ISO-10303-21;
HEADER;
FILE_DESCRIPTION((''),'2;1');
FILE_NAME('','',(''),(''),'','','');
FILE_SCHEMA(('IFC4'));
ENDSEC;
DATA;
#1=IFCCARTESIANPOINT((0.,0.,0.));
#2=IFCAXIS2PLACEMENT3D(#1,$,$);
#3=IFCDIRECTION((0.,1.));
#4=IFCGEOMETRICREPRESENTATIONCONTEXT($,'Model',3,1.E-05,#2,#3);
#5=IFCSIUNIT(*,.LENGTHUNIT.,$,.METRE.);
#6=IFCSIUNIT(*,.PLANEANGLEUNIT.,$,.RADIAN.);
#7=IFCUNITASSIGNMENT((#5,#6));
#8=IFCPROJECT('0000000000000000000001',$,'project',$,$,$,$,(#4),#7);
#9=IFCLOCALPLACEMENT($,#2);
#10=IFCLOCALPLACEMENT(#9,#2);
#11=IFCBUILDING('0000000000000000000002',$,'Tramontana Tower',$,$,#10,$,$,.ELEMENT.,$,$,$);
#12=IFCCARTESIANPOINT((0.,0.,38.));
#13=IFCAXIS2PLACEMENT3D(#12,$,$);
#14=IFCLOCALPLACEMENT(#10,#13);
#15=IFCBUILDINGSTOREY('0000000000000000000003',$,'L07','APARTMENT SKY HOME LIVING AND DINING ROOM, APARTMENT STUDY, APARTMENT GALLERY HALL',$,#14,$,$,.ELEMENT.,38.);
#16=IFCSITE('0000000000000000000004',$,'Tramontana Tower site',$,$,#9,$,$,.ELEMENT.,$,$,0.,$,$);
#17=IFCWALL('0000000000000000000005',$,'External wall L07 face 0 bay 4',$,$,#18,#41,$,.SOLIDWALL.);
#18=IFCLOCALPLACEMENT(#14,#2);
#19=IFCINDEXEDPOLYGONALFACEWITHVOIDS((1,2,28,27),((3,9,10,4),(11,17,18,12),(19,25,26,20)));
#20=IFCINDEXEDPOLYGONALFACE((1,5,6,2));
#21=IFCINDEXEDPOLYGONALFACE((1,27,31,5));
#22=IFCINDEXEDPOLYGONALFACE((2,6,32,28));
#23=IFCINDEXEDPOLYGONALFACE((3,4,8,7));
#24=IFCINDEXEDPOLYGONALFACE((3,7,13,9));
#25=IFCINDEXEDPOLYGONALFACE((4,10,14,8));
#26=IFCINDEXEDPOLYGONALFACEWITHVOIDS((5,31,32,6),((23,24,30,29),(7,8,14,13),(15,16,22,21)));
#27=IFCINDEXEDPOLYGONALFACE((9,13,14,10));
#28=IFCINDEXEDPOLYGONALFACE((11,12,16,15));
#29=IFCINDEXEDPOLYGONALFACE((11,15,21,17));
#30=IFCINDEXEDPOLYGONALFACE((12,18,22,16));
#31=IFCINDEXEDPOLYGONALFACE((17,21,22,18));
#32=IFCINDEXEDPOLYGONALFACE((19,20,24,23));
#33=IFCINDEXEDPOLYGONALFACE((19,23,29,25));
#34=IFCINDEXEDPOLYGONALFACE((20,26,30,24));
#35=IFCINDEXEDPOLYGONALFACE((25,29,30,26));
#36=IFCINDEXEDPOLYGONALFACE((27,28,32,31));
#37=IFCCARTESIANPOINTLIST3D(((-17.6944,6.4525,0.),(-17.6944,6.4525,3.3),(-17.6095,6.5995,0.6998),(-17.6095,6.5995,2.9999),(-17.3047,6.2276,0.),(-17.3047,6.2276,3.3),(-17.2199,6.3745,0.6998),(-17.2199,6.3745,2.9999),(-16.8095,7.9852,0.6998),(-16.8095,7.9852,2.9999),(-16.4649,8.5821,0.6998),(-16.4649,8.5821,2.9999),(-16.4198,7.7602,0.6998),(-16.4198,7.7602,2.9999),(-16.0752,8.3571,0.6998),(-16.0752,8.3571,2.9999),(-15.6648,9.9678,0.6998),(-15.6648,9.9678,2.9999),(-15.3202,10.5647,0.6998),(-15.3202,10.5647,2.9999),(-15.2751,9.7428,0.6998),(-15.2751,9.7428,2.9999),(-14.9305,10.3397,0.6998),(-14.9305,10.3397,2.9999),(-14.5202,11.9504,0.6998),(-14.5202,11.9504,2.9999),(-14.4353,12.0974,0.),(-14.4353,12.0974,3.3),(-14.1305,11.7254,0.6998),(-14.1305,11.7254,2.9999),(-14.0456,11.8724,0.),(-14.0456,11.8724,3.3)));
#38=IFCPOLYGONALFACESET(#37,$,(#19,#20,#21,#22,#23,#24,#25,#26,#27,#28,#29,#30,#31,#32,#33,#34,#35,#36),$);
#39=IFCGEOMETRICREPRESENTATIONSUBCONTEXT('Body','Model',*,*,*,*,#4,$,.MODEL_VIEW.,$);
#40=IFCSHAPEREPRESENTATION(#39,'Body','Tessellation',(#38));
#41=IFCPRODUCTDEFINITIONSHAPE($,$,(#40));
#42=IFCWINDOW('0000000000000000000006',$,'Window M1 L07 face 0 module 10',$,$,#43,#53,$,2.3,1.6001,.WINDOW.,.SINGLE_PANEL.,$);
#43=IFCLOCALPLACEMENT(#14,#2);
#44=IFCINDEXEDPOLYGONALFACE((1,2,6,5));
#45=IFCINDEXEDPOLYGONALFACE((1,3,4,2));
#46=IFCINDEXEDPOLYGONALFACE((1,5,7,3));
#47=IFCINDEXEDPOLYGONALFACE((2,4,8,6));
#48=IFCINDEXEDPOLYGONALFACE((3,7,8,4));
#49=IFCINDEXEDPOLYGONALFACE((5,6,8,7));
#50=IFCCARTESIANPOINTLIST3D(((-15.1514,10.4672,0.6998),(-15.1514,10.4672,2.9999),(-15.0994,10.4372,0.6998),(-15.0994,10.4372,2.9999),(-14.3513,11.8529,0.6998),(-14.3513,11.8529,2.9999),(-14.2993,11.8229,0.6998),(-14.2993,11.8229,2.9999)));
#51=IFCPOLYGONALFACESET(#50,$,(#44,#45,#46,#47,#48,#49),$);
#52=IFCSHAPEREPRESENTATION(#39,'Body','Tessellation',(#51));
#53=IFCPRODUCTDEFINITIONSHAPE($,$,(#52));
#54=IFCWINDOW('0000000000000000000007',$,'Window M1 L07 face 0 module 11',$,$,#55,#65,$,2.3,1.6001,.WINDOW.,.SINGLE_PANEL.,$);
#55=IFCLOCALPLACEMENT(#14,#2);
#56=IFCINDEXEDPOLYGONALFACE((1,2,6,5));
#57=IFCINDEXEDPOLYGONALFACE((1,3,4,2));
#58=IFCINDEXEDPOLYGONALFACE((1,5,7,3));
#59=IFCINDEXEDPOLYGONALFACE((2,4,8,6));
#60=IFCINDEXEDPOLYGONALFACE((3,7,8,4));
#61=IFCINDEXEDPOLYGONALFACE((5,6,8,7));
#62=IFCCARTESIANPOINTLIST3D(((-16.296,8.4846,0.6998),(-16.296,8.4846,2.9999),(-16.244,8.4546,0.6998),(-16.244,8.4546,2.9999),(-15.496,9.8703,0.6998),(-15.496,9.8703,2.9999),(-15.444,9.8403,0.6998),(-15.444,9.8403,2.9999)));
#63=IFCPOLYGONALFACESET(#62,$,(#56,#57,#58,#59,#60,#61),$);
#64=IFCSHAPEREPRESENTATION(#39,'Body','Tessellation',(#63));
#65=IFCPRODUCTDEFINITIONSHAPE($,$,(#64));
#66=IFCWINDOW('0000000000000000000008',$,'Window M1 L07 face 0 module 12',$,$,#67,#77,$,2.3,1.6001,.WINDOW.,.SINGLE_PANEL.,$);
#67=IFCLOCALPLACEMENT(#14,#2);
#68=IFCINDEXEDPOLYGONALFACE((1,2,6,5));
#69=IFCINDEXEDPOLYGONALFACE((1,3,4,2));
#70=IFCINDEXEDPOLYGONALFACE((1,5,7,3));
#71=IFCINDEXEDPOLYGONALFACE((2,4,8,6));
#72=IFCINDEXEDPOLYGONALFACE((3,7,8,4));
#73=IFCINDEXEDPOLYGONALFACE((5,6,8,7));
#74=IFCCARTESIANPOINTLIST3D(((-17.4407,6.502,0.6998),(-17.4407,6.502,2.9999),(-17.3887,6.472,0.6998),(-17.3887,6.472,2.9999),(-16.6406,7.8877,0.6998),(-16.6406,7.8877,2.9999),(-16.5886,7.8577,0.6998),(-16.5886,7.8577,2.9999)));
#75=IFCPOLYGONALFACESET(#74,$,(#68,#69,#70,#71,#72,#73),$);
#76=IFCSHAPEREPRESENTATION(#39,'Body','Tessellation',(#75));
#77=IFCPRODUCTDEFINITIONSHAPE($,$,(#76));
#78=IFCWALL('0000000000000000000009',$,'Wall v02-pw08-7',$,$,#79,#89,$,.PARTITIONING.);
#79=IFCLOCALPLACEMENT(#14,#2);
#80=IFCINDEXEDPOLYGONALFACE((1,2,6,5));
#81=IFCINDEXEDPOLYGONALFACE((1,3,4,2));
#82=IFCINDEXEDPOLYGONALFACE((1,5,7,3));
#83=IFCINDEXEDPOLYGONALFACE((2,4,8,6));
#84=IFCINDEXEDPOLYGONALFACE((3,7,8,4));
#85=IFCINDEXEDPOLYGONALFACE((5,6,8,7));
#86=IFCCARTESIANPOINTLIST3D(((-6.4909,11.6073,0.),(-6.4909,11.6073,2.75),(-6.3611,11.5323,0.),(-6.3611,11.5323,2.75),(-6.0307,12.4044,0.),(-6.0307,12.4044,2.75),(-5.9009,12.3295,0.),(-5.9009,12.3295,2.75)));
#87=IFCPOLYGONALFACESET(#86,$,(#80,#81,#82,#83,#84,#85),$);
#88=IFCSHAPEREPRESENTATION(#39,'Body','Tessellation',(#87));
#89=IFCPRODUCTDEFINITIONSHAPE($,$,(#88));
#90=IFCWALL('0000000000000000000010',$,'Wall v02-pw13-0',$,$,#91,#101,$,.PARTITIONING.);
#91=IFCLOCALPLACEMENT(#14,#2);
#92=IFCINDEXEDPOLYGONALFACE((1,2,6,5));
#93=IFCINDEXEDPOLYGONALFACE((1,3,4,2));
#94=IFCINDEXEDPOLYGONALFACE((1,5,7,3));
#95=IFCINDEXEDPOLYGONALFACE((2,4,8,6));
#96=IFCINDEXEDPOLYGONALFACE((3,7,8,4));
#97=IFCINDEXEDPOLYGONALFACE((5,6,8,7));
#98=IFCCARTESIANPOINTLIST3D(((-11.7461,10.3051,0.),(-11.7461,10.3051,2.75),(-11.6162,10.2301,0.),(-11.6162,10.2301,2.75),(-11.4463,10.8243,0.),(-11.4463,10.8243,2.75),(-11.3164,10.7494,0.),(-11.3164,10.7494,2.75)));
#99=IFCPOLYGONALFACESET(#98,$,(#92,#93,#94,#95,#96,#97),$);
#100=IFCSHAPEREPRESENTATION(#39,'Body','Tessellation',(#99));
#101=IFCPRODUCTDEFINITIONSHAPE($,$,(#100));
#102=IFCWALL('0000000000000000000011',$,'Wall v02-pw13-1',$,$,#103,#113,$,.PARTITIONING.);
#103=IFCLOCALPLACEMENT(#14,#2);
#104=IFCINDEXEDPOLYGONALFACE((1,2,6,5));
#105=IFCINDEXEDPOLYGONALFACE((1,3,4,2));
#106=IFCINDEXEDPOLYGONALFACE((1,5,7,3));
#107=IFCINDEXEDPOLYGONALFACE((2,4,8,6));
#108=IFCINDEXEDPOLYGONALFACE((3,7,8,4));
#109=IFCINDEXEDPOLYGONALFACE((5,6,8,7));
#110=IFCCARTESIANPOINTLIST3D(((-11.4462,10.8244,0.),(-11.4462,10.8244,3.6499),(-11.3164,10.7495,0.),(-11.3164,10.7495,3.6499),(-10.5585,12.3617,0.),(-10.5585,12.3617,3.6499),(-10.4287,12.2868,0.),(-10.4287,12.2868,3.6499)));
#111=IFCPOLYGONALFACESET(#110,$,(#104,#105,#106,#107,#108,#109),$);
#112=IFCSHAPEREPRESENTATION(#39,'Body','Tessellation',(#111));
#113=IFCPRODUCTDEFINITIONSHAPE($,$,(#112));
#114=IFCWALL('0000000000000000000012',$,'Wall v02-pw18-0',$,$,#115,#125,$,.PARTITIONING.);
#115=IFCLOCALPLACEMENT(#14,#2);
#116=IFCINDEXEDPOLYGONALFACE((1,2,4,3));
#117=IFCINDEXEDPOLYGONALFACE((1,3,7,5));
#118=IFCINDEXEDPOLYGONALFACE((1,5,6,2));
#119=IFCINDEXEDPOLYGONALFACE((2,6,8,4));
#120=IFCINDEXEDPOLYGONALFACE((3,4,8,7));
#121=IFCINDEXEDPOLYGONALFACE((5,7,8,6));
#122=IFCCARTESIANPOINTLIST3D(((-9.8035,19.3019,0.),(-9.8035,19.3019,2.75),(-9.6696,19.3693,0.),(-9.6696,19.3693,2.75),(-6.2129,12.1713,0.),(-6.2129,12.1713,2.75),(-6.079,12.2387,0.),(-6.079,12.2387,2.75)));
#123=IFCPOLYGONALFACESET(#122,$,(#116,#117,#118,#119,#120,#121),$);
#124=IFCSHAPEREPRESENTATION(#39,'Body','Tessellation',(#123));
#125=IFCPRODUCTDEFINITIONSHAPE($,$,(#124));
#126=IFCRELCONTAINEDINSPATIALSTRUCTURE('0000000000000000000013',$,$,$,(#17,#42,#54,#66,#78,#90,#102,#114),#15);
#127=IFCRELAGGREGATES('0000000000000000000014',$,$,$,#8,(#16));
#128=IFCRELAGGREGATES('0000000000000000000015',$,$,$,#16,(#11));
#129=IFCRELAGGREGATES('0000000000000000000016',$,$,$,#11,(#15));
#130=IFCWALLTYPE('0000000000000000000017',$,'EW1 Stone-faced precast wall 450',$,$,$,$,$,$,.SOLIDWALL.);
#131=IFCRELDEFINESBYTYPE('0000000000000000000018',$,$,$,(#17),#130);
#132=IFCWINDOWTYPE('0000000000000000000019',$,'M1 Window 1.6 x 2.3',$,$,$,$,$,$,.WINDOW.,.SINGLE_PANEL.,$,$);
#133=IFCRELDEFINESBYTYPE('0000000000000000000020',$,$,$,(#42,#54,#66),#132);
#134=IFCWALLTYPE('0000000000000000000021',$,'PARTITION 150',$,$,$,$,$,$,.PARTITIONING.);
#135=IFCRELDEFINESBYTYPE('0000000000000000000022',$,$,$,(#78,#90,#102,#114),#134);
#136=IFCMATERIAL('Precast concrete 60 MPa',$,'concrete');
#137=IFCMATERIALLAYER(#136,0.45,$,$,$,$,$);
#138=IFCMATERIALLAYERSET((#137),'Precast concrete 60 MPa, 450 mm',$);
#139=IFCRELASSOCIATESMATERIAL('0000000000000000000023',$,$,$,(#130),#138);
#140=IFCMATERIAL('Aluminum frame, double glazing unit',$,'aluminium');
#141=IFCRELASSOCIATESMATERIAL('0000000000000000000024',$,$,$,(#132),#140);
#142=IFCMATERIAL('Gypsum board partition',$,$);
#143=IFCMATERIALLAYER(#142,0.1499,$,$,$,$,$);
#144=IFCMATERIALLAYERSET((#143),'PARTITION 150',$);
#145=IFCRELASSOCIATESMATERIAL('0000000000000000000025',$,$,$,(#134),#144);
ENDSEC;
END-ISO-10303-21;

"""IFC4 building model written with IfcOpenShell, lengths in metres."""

from ifc_helpers import new_model, si_unit, direction, frame, frame_2d, origin, place, context, subcontext, project, spatial, rectangle, extrude, material, layer, layer_set, type_object, element, fill, save


model = new_model("IFC4")

# Units and contexts
model_context = context("Model", 3, precision=1e-05, world=origin(), true_north=direction((0.0, 1.0)))
body_context = subcontext(model_context, "Body", "Model", "MODEL_VIEW")
ifc_project = project(units=[si_unit("LENGTHUNIT", "METRE"), si_unit("PLANEANGLEUNIT", "RADIAN")], contexts=[model_context])

# Site, building, storey
site_placement = place(None, origin())
site = spatial("IfcSite", under=ifc_project, at=site_placement, Name="Tramontana Tower site", CompositionType="ELEMENT", RefElevation=0.0)
building_placement = place(site_placement, origin())
building = spatial("IfcBuilding", under=site, at=building_placement, Name="Tramontana Tower", CompositionType="ELEMENT")
storey_placement = place(building_placement, frame((0.0, 0.0, 38.0)))
storey = spatial("IfcBuildingStorey", under=building, at=storey_placement, Name="L07", Description="APARTMENT SKY HOME LIVING AND DINING ROOM, APARTMENT STUDY, APARTMENT GALLERY HALL", CompositionType="ELEMENT", Elevation=38.0)

# Wall, openings, windows
ifc_material_1 = material(Name="Precast concrete 60 MPa", Category="concrete")
ifc_layer_1 = layer(ifc_material_1, 0.45)
ifc_layer_set_1 = layer_set([ifc_layer_1], Name="Precast concrete 60 MPa, 450 mm")
wall_type_1 = type_object("IfcWallType", Name="EW1 Stone-faced precast wall 450", PredefinedType="SOLIDWALL", material=ifc_layer_set_1)
ifc_material_2 = material(Name="Aluminum frame, double glazing unit", Category="aluminium")
window_type = type_object("IfcWindowType", Name="M1 Window 1.6 x 2.3", PartitioningType="SINGLE_PANEL", PredefinedType="WINDOW", material=ifc_material_2)
wall_1_placement = place(storey_placement, frame((-14.2405, 11.9849, 0.0), z_axis=(0.0, 0.0, 1.0), x_axis=(-0.500002, -0.866024, 0.0)))
wall_1 = element("IfcWall", 1, at=wall_1_placement, inside=storey, type_object=wall_type_1, Name="External wall L07 face 0 bay 4", PredefinedType="SOLIDWALL", context=body_context, shape_type="SweptSolid", body=[
    extrude(rectangle(XDim=6.5181, YDim=0.45, at=frame_2d((3.259, 0.0))), origin(), (0.0, 0.0, 1.0), 3.3),
])
opening_1_placement = place(wall_1_placement, frame((0.1697, 0.0, 0.7)))
opening_1 = element("IfcOpeningElement", 2, at=opening_1_placement, cuts=wall_1, PredefinedType="OPENING", context=body_context, shape_type="SweptSolid", body=[
    extrude(rectangle(XDim=1.6001, YDim=2.3, at=frame_2d((0.8, 1.1499))), frame((0.0, 0.2349, 0.0), z_axis=(0.0, -1.0, 0.0), x_axis=(1.0, 0.0, 0.0)), (0.0, 0.0, 1.0), 0.47),
])
opening_2_placement = place(wall_1_placement, frame((2.459, 0.0, 0.7)))
opening_2 = element("IfcOpeningElement", 3, at=opening_2_placement, cuts=wall_1, PredefinedType="OPENING", context=body_context, shape_type="SweptSolid", body=[
    extrude(rectangle(XDim=1.6001, YDim=2.3, at=frame_2d((0.8, 1.1499))), frame((0.0, 0.2349, 0.0), z_axis=(0.0, -1.0, 0.0), x_axis=(1.0, 0.0, 0.0)), (0.0, 0.0, 1.0), 0.47),
])
opening_3_placement = place(wall_1_placement, frame((4.7483, 0.0, 0.7)))
opening_3 = element("IfcOpeningElement", 4, at=opening_3_placement, cuts=wall_1, PredefinedType="OPENING", context=body_context, shape_type="SweptSolid", body=[
    extrude(rectangle(XDim=1.6001, YDim=2.3, at=frame_2d((0.8, 1.1499))), frame((0.0, 0.2349, 0.0), z_axis=(0.0, -1.0, 0.0), x_axis=(1.0, 0.0, 0.0)), (0.0, 0.0, 1.0), 0.47),
])
window_1_placement = place(opening_1_placement, origin())
window_1 = element("IfcWindow", 5, at=window_1_placement, inside=storey, type_object=window_type, Name="Window M1 L07 face 0 module 10", OverallHeight=2.3, OverallWidth=1.6001, PartitioningType="SINGLE_PANEL", PredefinedType="WINDOW", context=body_context, shape_type="SweptSolid", body=[
    extrude(rectangle(XDim=1.6001, YDim=2.3, at=frame_2d((0.8, 1.1499))), frame((0.0, 0.03, 0.0), z_axis=(0.0, -1.0, 0.0), x_axis=(1.0, 0.0, 0.0)), (0.0, 0.0, 1.0), 0.0601),
])
fill(opening_1, window_1)
window_2_placement = place(opening_2_placement, origin())
window_2 = element("IfcWindow", 6, at=window_2_placement, inside=storey, type_object=window_type, Name="Window M1 L07 face 0 module 11", OverallHeight=2.3, OverallWidth=1.6001, PartitioningType="SINGLE_PANEL", PredefinedType="WINDOW", context=body_context, shape_type="SweptSolid", body=[
    extrude(rectangle(XDim=1.6001, YDim=2.3, at=frame_2d((0.8, 1.1499))), frame((0.0, 0.03, 0.0), z_axis=(0.0, -1.0, 0.0), x_axis=(1.0, 0.0, 0.0)), (0.0, 0.0, 1.0), 0.0601),
])
fill(opening_2, window_2)
window_3_placement = place(opening_3_placement, origin())
window_3 = element("IfcWindow", 7, at=window_3_placement, inside=storey, type_object=window_type, Name="Window M1 L07 face 0 module 12", OverallHeight=2.3, OverallWidth=1.6001, PartitioningType="SINGLE_PANEL", PredefinedType="WINDOW", context=body_context, shape_type="SweptSolid", body=[
    extrude(rectangle(XDim=1.6001, YDim=2.3, at=frame_2d((0.8, 1.1499))), frame((0.0, 0.03, 0.0), z_axis=(0.0, -1.0, 0.0), x_axis=(1.0, 0.0, 0.0)), (0.0, 0.0, 1.0), 0.0601),
])
fill(opening_3, window_3)

# Wall
ifc_material_3 = material(Name="Gypsum board partition")
ifc_layer_2 = layer(ifc_material_3, 0.1499)
ifc_layer_set_2 = layer_set([ifc_layer_2], Name="PARTITION 150")
wall_type_2 = type_object("IfcWallType", Name="PARTITION 150", PredefinedType="PARTITIONING", material=ifc_layer_set_2)
wall_2_placement = place(storey_placement, frame((-6.426, 11.5698, 0.0), z_axis=(0.0, 0.0, 1.0), x_axis=(0.49999, 0.866031, 0.0)))
element("IfcWall", 8, at=wall_2_placement, inside=storey, type_object=wall_type_2, Name="Wall v02-pw08-7", PredefinedType="PARTITIONING", context=body_context, shape_type="SweptSolid", body=[
    extrude(rectangle(XDim=0.9204, YDim=0.1499, at=frame_2d((0.4602, 0.0))), origin(), (0.0, 0.0, 1.0), 2.75),
])

# Walls
wall_3_placement = place(storey_placement, frame((-11.6812, 10.2676, 0.0), z_axis=(0.0, 0.0, 1.0), x_axis=(0.499993, 0.86603, 0.0)))
element("IfcWall", 9, at=wall_3_placement, inside=storey, type_object=wall_type_2, Name="Wall v02-pw13-0", PredefinedType="PARTITIONING", context=body_context, shape_type="SweptSolid", body=[
    extrude(rectangle(XDim=0.5996, YDim=0.1499, at=frame_2d((0.2998, 0.0))), origin(), (0.0, 0.0, 1.0), 2.75),
])
wall_4_placement = place(storey_placement, frame((-11.3813, 10.7869, 0.0), z_axis=(0.0, 0.0, 1.0), x_axis=(0.500044, 0.866, 0.0)))
element("IfcWall", 10, at=wall_4_placement, inside=storey, type_object=wall_type_2, Name="Wall v02-pw13-1", PredefinedType="PARTITIONING", context=body_context, shape_type="SweptSolid", body=[
    extrude(rectangle(XDim=1.7751, YDim=0.1499, at=frame_2d((0.8877, 0.0))), origin(), (0.0, 0.0, 1.0), 3.6499),
])

# Wall
wall_5_placement = place(storey_placement, frame((-6.146, 12.2051, 0.0), z_axis=(0.0, 0.0, 1.0), x_axis=(-0.449744, 0.893158, 0.0)))
element("IfcWall", 11, at=wall_5_placement, inside=storey, type_object=wall_type_2, Name="Wall v02-pw18-0", PredefinedType="PARTITIONING", context=body_context, shape_type="SweptSolid", body=[
    extrude(rectangle(XDim=7.9836, YDim=0.1499, at=frame_2d((3.9917, 0.0))), origin(), (0.0, 0.0, 1.0), 2.75),
])

save(model, "model.ifc")
